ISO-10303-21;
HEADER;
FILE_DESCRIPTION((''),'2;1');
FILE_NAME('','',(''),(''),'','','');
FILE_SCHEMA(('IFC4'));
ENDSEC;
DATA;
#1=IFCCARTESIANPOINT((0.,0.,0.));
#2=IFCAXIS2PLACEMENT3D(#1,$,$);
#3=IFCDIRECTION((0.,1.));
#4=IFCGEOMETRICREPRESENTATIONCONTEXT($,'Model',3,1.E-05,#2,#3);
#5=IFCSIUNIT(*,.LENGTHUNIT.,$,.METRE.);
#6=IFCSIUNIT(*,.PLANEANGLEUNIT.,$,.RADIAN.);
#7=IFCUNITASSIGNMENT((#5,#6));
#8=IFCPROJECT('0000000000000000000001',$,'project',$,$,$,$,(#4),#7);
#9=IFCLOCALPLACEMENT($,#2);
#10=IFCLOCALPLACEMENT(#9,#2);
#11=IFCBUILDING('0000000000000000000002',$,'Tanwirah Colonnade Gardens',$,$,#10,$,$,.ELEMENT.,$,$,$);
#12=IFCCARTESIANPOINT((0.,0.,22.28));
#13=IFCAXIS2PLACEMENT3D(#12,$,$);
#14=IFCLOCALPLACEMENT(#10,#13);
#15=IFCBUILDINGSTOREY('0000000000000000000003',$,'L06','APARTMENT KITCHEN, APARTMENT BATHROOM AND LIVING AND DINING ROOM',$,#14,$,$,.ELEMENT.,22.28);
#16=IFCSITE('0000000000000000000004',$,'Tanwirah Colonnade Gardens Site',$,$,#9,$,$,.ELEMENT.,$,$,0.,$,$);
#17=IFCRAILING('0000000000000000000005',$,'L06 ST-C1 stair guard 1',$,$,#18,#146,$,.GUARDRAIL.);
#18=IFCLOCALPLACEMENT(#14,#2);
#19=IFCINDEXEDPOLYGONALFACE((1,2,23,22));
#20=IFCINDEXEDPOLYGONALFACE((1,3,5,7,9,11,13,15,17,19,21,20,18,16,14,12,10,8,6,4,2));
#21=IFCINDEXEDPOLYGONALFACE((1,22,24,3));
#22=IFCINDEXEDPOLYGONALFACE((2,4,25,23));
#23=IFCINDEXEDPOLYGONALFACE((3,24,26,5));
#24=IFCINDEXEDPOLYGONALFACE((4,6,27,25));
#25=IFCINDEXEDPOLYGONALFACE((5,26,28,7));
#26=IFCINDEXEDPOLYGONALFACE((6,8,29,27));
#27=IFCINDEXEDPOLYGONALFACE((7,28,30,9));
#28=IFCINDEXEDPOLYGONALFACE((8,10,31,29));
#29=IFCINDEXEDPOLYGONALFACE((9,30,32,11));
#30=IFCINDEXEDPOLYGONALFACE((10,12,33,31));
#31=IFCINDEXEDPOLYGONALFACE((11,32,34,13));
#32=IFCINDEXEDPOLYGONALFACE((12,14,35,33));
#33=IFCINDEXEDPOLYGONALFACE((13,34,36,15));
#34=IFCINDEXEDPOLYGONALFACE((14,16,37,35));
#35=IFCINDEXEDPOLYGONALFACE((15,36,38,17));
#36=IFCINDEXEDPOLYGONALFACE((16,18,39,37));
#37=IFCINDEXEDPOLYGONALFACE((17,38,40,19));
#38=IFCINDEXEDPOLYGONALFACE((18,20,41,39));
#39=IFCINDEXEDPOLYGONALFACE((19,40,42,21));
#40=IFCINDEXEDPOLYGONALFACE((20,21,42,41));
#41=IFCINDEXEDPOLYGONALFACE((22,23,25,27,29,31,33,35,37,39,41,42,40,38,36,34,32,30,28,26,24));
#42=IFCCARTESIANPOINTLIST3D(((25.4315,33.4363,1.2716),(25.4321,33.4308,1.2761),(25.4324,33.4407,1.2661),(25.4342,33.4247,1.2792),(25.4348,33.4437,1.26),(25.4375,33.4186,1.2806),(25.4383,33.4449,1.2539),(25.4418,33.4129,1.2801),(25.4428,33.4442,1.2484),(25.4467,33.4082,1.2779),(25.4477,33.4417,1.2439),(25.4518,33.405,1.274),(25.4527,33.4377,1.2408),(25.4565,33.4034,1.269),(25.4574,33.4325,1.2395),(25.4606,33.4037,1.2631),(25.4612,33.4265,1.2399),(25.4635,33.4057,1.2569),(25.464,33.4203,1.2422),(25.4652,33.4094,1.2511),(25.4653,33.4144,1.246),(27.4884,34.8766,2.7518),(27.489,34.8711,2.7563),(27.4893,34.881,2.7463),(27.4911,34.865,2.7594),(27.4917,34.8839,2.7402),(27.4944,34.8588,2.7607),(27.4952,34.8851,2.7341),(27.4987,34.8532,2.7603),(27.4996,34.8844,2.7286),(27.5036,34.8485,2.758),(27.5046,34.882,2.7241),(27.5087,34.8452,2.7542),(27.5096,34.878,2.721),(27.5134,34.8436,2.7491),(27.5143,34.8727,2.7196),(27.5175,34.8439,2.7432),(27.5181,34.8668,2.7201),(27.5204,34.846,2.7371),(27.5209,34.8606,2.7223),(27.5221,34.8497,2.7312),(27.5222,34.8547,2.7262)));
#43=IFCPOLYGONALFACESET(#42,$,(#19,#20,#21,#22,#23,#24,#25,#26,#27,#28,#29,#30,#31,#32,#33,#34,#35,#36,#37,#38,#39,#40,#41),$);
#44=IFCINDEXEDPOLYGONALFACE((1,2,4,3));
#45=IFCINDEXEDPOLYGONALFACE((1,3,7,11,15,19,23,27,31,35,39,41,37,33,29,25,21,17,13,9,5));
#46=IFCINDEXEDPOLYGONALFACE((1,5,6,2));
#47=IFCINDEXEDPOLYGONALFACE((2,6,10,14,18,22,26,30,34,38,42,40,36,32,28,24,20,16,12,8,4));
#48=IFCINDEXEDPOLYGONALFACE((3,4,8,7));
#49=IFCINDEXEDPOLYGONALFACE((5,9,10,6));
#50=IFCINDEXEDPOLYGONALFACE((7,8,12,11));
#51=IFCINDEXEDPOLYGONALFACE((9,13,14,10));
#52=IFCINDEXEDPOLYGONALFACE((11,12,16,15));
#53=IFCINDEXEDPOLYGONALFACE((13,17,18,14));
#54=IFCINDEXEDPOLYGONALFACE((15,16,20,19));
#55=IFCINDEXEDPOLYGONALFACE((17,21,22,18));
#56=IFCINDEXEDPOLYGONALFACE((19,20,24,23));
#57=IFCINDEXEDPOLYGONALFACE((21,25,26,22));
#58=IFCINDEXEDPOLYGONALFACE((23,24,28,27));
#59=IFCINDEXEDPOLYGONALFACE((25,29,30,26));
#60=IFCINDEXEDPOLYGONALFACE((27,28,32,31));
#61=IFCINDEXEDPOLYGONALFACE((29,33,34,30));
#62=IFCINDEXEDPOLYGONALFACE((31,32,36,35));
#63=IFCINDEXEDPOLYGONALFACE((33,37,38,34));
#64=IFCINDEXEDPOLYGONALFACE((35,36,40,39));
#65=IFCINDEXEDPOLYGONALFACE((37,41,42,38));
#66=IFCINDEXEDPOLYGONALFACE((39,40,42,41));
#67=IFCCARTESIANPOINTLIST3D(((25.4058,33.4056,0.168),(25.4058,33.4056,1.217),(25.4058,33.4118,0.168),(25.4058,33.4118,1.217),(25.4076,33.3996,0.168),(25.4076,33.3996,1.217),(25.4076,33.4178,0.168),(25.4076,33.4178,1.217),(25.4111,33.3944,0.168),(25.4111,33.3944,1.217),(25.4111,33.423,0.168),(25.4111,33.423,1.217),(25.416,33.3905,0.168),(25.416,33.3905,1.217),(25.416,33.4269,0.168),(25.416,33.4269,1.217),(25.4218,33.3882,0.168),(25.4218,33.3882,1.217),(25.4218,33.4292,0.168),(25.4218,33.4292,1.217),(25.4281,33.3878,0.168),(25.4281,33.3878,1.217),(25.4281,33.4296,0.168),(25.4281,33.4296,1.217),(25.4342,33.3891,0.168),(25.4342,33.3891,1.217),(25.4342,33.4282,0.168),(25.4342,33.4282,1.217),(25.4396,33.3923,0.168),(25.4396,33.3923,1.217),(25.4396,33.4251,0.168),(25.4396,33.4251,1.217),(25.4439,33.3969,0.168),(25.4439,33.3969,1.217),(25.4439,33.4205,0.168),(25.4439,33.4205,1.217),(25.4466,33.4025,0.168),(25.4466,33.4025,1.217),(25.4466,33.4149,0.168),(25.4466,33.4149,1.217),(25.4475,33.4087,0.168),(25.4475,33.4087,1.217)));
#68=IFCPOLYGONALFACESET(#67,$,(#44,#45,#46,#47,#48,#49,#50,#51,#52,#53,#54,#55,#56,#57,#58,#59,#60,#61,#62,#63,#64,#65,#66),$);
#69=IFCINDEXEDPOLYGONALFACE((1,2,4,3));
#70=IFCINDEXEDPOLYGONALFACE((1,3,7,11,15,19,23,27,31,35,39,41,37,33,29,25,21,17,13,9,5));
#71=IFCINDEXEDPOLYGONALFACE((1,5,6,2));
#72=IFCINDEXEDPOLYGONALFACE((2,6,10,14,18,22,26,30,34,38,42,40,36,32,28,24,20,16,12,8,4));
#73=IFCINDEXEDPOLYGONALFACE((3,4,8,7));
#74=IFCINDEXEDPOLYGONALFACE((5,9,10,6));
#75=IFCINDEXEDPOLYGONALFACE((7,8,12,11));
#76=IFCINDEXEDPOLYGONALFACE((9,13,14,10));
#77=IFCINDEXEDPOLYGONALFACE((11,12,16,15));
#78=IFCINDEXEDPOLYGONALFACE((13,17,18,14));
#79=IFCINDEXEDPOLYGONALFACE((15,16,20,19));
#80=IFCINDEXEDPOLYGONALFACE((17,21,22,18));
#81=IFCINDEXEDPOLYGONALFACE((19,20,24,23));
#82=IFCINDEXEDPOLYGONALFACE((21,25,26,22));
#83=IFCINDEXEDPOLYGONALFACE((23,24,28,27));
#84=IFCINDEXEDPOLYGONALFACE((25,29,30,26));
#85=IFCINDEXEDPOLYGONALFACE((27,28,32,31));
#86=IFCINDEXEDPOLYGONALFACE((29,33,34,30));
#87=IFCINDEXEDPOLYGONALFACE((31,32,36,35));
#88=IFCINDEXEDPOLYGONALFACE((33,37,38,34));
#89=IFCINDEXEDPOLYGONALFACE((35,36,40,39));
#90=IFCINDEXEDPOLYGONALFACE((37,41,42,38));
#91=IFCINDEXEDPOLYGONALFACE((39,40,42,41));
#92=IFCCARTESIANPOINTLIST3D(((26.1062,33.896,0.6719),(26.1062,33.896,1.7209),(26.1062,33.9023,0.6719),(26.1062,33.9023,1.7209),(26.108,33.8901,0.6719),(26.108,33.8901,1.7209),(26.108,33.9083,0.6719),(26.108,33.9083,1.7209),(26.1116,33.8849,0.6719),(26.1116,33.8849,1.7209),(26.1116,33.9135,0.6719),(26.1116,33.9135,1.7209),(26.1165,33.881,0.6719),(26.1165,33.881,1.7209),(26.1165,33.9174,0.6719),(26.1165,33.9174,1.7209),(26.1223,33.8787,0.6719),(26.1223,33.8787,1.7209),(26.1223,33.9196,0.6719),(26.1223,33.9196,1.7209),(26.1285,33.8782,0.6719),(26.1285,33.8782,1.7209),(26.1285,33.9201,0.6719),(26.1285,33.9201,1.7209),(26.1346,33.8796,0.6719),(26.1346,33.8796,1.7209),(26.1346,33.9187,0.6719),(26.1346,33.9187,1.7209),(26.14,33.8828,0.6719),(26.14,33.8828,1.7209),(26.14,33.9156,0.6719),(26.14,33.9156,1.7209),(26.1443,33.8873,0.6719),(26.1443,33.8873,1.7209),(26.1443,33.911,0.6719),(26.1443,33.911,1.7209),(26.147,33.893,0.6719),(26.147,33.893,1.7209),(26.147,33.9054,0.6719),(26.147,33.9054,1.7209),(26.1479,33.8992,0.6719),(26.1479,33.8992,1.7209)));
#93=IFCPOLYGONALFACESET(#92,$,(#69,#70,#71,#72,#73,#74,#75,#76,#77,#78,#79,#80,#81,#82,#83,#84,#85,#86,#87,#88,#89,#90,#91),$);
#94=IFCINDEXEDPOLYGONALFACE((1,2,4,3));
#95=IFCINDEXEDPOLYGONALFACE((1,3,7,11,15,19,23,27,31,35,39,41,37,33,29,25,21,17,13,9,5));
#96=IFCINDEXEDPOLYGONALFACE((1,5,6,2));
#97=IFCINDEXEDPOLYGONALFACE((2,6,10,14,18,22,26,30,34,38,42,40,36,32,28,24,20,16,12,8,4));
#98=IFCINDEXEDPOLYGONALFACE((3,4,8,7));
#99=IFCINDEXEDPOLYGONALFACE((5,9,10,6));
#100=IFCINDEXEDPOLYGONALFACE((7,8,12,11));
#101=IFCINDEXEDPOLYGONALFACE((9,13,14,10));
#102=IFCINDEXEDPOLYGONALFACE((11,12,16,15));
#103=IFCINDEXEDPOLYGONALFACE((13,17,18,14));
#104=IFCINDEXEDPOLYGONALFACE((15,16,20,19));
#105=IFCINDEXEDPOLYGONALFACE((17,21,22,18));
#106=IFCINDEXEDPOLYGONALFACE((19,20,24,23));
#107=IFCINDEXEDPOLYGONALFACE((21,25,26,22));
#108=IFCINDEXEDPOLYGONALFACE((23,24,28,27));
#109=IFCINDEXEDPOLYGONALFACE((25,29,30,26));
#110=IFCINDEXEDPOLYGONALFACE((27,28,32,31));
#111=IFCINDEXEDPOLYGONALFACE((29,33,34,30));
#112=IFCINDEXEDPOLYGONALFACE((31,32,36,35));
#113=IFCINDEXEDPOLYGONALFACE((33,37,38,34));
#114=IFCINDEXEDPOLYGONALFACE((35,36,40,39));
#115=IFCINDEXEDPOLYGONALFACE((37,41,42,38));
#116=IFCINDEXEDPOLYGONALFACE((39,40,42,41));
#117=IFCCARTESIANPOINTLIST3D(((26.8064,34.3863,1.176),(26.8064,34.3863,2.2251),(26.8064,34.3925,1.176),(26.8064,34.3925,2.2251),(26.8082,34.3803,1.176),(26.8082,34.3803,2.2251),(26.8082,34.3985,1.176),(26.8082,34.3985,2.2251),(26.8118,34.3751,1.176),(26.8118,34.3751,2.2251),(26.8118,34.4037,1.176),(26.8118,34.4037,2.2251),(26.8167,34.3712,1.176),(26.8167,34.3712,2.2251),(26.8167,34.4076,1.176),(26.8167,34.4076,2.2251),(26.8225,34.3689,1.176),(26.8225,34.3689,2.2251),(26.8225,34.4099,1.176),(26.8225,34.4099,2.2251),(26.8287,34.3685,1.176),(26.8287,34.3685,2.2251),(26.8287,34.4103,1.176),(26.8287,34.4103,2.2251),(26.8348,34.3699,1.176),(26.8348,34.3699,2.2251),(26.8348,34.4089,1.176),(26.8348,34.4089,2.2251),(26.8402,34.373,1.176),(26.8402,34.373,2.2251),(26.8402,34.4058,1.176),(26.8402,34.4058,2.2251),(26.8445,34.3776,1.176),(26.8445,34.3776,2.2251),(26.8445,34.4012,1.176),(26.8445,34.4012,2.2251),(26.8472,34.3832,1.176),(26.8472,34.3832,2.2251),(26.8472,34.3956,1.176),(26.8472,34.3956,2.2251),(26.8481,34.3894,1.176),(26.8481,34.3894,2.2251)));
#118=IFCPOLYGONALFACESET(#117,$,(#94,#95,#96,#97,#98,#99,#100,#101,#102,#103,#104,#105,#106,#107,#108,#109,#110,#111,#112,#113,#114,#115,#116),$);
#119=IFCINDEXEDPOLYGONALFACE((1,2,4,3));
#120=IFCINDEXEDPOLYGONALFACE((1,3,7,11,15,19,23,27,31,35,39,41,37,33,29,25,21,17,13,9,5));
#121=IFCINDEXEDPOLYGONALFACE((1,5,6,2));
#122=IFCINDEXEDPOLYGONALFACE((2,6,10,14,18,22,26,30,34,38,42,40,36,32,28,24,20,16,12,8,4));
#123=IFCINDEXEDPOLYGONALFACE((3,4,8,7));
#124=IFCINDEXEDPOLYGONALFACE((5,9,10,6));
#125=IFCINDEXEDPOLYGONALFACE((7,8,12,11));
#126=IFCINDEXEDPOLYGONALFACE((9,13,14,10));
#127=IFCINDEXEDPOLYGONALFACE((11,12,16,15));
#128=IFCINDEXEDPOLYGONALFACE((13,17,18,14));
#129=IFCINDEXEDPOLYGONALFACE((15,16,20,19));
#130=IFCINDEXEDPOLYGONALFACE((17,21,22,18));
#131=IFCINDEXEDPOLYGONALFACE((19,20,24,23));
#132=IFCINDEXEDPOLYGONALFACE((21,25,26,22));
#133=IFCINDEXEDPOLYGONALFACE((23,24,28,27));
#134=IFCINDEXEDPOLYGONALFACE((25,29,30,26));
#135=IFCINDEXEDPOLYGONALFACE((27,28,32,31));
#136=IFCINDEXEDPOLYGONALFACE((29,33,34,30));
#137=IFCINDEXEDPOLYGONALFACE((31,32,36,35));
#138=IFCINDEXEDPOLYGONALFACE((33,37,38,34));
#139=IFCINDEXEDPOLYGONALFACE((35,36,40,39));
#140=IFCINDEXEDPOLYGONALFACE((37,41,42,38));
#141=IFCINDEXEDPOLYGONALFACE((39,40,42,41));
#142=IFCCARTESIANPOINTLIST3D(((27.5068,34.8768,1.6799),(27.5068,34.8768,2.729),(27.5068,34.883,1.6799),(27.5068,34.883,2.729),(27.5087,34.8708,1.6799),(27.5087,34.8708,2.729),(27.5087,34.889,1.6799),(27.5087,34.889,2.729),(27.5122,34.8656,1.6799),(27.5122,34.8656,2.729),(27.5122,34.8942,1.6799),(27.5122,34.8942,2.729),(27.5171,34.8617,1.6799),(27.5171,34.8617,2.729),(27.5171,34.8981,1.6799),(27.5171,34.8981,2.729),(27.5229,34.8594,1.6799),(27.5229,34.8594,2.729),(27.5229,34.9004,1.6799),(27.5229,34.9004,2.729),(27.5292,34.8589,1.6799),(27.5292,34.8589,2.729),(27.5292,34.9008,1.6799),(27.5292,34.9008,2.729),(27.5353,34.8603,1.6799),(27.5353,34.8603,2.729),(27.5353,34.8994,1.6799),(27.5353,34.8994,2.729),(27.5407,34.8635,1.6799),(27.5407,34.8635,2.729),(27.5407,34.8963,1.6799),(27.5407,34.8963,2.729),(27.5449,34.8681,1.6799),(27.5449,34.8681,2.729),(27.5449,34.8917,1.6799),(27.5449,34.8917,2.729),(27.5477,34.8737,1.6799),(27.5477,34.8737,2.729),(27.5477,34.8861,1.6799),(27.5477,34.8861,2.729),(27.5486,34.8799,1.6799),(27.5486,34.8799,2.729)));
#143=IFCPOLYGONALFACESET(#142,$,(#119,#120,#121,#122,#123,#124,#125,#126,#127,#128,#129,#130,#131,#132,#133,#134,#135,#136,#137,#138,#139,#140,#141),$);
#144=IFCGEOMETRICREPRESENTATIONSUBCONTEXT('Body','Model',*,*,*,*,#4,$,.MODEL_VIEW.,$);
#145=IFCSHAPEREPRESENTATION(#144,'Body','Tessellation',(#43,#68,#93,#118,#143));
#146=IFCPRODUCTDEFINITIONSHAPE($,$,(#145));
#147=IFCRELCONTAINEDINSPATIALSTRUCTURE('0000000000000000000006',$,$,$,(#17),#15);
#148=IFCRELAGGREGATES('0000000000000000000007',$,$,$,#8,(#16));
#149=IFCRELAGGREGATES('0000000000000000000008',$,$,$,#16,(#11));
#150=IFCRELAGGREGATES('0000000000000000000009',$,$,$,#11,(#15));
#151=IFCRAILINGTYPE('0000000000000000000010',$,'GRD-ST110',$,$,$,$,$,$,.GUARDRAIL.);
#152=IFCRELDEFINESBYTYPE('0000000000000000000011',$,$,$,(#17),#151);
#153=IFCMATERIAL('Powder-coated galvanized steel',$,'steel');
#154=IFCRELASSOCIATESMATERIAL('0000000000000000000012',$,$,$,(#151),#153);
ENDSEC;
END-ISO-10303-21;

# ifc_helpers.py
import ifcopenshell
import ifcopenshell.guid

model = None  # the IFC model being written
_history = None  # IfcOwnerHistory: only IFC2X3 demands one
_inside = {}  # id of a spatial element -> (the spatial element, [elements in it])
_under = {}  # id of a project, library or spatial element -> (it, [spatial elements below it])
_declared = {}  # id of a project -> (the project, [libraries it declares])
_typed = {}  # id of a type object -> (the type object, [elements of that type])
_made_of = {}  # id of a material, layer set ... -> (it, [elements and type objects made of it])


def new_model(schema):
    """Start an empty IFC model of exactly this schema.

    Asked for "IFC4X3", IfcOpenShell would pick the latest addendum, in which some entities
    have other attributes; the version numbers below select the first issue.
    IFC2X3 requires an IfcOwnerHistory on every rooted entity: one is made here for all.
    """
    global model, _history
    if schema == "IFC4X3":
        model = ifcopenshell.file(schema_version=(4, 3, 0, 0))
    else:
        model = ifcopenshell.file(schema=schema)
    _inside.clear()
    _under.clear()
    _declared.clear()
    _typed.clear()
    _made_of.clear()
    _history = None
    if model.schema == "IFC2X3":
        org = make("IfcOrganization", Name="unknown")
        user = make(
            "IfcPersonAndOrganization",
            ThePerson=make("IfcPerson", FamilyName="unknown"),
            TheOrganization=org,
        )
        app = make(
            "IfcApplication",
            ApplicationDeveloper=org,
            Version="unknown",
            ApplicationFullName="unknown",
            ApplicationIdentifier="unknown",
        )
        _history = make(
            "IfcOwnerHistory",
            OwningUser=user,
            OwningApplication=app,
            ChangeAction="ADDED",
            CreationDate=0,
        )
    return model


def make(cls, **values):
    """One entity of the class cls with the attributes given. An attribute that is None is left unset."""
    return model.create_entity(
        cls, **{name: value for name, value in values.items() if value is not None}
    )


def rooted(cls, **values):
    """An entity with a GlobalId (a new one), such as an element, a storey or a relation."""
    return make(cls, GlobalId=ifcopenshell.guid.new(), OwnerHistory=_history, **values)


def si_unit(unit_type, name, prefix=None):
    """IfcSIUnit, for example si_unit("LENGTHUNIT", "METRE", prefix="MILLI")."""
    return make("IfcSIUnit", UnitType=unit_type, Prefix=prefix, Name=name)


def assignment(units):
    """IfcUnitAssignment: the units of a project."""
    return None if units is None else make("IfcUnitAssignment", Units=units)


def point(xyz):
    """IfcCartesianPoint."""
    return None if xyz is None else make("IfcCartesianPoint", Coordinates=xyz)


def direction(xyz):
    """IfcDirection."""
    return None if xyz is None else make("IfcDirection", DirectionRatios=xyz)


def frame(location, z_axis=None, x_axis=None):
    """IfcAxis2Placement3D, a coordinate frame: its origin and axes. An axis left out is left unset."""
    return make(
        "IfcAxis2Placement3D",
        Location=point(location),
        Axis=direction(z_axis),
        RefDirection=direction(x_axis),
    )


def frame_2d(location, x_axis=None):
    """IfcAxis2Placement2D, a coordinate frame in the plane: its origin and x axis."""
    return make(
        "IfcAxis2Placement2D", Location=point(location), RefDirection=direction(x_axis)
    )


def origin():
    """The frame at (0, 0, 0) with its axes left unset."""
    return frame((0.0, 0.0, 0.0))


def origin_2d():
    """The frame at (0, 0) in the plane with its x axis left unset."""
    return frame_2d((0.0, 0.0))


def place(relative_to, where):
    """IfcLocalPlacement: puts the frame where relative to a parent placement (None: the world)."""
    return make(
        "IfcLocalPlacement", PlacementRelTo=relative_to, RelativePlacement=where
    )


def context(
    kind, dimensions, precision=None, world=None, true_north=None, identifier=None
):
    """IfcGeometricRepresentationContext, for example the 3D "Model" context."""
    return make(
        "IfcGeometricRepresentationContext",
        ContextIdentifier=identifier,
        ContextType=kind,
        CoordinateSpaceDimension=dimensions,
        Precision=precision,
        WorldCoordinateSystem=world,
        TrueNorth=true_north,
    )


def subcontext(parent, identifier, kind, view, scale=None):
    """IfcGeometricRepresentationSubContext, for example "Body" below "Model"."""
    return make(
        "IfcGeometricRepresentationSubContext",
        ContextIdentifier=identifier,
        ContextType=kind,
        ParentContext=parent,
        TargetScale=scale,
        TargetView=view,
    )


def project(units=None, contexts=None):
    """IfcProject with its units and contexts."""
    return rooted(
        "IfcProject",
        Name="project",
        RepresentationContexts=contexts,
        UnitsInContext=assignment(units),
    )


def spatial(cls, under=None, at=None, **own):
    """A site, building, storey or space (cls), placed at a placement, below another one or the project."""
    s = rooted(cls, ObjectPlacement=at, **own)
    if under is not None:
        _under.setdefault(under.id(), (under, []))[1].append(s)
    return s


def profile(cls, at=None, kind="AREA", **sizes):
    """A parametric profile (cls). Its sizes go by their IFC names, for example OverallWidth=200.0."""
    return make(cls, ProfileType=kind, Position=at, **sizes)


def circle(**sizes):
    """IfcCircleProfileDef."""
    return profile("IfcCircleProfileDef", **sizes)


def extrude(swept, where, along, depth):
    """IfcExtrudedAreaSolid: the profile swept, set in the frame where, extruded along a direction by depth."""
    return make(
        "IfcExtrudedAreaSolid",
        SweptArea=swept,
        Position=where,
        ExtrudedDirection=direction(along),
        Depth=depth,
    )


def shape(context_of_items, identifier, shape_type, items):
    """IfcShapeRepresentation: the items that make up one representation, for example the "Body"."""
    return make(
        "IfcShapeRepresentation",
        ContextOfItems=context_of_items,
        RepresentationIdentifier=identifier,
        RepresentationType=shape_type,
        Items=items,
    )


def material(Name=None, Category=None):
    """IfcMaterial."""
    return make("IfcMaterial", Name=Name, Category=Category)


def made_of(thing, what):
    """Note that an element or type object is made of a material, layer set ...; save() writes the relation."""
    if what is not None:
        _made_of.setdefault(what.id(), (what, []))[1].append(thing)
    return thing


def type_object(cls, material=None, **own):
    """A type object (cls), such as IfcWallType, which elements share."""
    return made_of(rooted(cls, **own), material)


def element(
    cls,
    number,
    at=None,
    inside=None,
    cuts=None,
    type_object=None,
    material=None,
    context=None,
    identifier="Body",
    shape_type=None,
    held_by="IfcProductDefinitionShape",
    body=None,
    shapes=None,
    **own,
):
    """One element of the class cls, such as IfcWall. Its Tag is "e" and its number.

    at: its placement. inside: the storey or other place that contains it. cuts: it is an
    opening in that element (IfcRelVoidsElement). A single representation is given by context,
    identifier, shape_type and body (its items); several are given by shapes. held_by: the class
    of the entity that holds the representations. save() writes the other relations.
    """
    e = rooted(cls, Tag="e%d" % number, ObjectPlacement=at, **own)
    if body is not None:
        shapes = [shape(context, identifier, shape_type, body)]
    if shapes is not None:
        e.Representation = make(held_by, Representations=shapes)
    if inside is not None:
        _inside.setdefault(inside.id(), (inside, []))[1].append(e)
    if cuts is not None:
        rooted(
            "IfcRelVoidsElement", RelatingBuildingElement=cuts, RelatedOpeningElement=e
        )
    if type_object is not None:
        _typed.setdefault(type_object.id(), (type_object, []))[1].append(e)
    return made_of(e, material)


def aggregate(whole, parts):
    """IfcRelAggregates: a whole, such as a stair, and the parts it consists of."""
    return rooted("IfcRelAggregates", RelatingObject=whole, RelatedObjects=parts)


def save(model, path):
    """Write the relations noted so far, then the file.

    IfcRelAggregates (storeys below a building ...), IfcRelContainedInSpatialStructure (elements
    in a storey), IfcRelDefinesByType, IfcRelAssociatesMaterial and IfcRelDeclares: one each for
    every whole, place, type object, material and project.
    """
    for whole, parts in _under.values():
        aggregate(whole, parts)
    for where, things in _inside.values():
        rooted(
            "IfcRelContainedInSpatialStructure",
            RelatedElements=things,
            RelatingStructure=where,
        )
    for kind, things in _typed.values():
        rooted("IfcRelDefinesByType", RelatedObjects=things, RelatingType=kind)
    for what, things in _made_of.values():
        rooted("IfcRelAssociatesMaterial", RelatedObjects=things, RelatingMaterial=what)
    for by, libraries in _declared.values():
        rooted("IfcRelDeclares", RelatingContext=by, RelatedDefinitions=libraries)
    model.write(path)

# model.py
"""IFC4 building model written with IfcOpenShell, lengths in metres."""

from ifc_helpers import new_model, si_unit, direction, frame, origin, origin_2d, place, context, subcontext, project, spatial, circle, extrude, material, type_object, element, save


model = new_model("IFC4")

# Units and contexts
model_context = context("Model", 3, precision=1e-05, world=origin(), true_north=direction((0.0, 1.0)))
body_context = subcontext(model_context, "Body", "Model", "MODEL_VIEW")
ifc_project = project(units=[si_unit("LENGTHUNIT", "METRE"), si_unit("PLANEANGLEUNIT", "RADIAN")], contexts=[model_context])

# Site, building, storey
site_placement = place(None, origin())
site = spatial("IfcSite", under=ifc_project, at=site_placement, Name="Tanwirah Colonnade Gardens Site", CompositionType="ELEMENT", RefElevation=0.0)
building_placement = place(site_placement, origin())
building = spatial("IfcBuilding", under=site, at=building_placement, Name="Tanwirah Colonnade Gardens", CompositionType="ELEMENT")
storey_placement = place(building_placement, frame((0.0, 0.0, 22.28)))
storey = spatial("IfcBuildingStorey", under=building, at=storey_placement, Name="L06", Description="APARTMENT KITCHEN, APARTMENT BATHROOM AND LIVING AND DINING ROOM", CompositionType="ELEMENT", Elevation=22.28)

# Railing
ifc_material_1 = material(Name="Powder-coated galvanized steel", Category="steel")
railing_type_1 = type_object("IfcRailingType", Name="GRD-ST110", PredefinedType="GUARDRAIL", material=ifc_material_1)
railing_1_placement = place(storey_placement, frame((25.4265, 33.4087, 0.168)))
element("IfcRailing", 1, at=railing_1_placement, inside=storey, type_object=railing_type_1, Name="L06 ST-C1 stair guard 1", PredefinedType="GUARDRAIL", context=body_context, shape_type="SweptSolid", body=[
    extrude(circle(Radius=0.0239, at=origin_2d()), frame((0.022, 0.0154, 1.092), z_axis=(0.705673, 0.494118, 0.507812), x_axis=(-0.573577, 0.819151, 0.0)), (0.0, 0.0, 1.0), 2.9148),
    extrude(circle(Radius=0.021, at=origin_2d()), origin(), (0.0, 0.0, 1.0), 1.0491),
    extrude(circle(Radius=0.021, at=origin_2d()), frame((0.7004, 0.4905, 0.5039)), (0.0, 0.0, 1.0), 1.0491),
    extrude(circle(Radius=0.021, at=origin_2d()), frame((1.4006, 0.9807, 1.0081)), (0.0, 0.0, 1.0), 1.0491),
    extrude(circle(Radius=0.021, at=origin_2d()), frame((2.1011, 1.4712, 1.512)), (0.0, 0.0, 1.0), 1.0491),
])

save(model, "model.ifc")
